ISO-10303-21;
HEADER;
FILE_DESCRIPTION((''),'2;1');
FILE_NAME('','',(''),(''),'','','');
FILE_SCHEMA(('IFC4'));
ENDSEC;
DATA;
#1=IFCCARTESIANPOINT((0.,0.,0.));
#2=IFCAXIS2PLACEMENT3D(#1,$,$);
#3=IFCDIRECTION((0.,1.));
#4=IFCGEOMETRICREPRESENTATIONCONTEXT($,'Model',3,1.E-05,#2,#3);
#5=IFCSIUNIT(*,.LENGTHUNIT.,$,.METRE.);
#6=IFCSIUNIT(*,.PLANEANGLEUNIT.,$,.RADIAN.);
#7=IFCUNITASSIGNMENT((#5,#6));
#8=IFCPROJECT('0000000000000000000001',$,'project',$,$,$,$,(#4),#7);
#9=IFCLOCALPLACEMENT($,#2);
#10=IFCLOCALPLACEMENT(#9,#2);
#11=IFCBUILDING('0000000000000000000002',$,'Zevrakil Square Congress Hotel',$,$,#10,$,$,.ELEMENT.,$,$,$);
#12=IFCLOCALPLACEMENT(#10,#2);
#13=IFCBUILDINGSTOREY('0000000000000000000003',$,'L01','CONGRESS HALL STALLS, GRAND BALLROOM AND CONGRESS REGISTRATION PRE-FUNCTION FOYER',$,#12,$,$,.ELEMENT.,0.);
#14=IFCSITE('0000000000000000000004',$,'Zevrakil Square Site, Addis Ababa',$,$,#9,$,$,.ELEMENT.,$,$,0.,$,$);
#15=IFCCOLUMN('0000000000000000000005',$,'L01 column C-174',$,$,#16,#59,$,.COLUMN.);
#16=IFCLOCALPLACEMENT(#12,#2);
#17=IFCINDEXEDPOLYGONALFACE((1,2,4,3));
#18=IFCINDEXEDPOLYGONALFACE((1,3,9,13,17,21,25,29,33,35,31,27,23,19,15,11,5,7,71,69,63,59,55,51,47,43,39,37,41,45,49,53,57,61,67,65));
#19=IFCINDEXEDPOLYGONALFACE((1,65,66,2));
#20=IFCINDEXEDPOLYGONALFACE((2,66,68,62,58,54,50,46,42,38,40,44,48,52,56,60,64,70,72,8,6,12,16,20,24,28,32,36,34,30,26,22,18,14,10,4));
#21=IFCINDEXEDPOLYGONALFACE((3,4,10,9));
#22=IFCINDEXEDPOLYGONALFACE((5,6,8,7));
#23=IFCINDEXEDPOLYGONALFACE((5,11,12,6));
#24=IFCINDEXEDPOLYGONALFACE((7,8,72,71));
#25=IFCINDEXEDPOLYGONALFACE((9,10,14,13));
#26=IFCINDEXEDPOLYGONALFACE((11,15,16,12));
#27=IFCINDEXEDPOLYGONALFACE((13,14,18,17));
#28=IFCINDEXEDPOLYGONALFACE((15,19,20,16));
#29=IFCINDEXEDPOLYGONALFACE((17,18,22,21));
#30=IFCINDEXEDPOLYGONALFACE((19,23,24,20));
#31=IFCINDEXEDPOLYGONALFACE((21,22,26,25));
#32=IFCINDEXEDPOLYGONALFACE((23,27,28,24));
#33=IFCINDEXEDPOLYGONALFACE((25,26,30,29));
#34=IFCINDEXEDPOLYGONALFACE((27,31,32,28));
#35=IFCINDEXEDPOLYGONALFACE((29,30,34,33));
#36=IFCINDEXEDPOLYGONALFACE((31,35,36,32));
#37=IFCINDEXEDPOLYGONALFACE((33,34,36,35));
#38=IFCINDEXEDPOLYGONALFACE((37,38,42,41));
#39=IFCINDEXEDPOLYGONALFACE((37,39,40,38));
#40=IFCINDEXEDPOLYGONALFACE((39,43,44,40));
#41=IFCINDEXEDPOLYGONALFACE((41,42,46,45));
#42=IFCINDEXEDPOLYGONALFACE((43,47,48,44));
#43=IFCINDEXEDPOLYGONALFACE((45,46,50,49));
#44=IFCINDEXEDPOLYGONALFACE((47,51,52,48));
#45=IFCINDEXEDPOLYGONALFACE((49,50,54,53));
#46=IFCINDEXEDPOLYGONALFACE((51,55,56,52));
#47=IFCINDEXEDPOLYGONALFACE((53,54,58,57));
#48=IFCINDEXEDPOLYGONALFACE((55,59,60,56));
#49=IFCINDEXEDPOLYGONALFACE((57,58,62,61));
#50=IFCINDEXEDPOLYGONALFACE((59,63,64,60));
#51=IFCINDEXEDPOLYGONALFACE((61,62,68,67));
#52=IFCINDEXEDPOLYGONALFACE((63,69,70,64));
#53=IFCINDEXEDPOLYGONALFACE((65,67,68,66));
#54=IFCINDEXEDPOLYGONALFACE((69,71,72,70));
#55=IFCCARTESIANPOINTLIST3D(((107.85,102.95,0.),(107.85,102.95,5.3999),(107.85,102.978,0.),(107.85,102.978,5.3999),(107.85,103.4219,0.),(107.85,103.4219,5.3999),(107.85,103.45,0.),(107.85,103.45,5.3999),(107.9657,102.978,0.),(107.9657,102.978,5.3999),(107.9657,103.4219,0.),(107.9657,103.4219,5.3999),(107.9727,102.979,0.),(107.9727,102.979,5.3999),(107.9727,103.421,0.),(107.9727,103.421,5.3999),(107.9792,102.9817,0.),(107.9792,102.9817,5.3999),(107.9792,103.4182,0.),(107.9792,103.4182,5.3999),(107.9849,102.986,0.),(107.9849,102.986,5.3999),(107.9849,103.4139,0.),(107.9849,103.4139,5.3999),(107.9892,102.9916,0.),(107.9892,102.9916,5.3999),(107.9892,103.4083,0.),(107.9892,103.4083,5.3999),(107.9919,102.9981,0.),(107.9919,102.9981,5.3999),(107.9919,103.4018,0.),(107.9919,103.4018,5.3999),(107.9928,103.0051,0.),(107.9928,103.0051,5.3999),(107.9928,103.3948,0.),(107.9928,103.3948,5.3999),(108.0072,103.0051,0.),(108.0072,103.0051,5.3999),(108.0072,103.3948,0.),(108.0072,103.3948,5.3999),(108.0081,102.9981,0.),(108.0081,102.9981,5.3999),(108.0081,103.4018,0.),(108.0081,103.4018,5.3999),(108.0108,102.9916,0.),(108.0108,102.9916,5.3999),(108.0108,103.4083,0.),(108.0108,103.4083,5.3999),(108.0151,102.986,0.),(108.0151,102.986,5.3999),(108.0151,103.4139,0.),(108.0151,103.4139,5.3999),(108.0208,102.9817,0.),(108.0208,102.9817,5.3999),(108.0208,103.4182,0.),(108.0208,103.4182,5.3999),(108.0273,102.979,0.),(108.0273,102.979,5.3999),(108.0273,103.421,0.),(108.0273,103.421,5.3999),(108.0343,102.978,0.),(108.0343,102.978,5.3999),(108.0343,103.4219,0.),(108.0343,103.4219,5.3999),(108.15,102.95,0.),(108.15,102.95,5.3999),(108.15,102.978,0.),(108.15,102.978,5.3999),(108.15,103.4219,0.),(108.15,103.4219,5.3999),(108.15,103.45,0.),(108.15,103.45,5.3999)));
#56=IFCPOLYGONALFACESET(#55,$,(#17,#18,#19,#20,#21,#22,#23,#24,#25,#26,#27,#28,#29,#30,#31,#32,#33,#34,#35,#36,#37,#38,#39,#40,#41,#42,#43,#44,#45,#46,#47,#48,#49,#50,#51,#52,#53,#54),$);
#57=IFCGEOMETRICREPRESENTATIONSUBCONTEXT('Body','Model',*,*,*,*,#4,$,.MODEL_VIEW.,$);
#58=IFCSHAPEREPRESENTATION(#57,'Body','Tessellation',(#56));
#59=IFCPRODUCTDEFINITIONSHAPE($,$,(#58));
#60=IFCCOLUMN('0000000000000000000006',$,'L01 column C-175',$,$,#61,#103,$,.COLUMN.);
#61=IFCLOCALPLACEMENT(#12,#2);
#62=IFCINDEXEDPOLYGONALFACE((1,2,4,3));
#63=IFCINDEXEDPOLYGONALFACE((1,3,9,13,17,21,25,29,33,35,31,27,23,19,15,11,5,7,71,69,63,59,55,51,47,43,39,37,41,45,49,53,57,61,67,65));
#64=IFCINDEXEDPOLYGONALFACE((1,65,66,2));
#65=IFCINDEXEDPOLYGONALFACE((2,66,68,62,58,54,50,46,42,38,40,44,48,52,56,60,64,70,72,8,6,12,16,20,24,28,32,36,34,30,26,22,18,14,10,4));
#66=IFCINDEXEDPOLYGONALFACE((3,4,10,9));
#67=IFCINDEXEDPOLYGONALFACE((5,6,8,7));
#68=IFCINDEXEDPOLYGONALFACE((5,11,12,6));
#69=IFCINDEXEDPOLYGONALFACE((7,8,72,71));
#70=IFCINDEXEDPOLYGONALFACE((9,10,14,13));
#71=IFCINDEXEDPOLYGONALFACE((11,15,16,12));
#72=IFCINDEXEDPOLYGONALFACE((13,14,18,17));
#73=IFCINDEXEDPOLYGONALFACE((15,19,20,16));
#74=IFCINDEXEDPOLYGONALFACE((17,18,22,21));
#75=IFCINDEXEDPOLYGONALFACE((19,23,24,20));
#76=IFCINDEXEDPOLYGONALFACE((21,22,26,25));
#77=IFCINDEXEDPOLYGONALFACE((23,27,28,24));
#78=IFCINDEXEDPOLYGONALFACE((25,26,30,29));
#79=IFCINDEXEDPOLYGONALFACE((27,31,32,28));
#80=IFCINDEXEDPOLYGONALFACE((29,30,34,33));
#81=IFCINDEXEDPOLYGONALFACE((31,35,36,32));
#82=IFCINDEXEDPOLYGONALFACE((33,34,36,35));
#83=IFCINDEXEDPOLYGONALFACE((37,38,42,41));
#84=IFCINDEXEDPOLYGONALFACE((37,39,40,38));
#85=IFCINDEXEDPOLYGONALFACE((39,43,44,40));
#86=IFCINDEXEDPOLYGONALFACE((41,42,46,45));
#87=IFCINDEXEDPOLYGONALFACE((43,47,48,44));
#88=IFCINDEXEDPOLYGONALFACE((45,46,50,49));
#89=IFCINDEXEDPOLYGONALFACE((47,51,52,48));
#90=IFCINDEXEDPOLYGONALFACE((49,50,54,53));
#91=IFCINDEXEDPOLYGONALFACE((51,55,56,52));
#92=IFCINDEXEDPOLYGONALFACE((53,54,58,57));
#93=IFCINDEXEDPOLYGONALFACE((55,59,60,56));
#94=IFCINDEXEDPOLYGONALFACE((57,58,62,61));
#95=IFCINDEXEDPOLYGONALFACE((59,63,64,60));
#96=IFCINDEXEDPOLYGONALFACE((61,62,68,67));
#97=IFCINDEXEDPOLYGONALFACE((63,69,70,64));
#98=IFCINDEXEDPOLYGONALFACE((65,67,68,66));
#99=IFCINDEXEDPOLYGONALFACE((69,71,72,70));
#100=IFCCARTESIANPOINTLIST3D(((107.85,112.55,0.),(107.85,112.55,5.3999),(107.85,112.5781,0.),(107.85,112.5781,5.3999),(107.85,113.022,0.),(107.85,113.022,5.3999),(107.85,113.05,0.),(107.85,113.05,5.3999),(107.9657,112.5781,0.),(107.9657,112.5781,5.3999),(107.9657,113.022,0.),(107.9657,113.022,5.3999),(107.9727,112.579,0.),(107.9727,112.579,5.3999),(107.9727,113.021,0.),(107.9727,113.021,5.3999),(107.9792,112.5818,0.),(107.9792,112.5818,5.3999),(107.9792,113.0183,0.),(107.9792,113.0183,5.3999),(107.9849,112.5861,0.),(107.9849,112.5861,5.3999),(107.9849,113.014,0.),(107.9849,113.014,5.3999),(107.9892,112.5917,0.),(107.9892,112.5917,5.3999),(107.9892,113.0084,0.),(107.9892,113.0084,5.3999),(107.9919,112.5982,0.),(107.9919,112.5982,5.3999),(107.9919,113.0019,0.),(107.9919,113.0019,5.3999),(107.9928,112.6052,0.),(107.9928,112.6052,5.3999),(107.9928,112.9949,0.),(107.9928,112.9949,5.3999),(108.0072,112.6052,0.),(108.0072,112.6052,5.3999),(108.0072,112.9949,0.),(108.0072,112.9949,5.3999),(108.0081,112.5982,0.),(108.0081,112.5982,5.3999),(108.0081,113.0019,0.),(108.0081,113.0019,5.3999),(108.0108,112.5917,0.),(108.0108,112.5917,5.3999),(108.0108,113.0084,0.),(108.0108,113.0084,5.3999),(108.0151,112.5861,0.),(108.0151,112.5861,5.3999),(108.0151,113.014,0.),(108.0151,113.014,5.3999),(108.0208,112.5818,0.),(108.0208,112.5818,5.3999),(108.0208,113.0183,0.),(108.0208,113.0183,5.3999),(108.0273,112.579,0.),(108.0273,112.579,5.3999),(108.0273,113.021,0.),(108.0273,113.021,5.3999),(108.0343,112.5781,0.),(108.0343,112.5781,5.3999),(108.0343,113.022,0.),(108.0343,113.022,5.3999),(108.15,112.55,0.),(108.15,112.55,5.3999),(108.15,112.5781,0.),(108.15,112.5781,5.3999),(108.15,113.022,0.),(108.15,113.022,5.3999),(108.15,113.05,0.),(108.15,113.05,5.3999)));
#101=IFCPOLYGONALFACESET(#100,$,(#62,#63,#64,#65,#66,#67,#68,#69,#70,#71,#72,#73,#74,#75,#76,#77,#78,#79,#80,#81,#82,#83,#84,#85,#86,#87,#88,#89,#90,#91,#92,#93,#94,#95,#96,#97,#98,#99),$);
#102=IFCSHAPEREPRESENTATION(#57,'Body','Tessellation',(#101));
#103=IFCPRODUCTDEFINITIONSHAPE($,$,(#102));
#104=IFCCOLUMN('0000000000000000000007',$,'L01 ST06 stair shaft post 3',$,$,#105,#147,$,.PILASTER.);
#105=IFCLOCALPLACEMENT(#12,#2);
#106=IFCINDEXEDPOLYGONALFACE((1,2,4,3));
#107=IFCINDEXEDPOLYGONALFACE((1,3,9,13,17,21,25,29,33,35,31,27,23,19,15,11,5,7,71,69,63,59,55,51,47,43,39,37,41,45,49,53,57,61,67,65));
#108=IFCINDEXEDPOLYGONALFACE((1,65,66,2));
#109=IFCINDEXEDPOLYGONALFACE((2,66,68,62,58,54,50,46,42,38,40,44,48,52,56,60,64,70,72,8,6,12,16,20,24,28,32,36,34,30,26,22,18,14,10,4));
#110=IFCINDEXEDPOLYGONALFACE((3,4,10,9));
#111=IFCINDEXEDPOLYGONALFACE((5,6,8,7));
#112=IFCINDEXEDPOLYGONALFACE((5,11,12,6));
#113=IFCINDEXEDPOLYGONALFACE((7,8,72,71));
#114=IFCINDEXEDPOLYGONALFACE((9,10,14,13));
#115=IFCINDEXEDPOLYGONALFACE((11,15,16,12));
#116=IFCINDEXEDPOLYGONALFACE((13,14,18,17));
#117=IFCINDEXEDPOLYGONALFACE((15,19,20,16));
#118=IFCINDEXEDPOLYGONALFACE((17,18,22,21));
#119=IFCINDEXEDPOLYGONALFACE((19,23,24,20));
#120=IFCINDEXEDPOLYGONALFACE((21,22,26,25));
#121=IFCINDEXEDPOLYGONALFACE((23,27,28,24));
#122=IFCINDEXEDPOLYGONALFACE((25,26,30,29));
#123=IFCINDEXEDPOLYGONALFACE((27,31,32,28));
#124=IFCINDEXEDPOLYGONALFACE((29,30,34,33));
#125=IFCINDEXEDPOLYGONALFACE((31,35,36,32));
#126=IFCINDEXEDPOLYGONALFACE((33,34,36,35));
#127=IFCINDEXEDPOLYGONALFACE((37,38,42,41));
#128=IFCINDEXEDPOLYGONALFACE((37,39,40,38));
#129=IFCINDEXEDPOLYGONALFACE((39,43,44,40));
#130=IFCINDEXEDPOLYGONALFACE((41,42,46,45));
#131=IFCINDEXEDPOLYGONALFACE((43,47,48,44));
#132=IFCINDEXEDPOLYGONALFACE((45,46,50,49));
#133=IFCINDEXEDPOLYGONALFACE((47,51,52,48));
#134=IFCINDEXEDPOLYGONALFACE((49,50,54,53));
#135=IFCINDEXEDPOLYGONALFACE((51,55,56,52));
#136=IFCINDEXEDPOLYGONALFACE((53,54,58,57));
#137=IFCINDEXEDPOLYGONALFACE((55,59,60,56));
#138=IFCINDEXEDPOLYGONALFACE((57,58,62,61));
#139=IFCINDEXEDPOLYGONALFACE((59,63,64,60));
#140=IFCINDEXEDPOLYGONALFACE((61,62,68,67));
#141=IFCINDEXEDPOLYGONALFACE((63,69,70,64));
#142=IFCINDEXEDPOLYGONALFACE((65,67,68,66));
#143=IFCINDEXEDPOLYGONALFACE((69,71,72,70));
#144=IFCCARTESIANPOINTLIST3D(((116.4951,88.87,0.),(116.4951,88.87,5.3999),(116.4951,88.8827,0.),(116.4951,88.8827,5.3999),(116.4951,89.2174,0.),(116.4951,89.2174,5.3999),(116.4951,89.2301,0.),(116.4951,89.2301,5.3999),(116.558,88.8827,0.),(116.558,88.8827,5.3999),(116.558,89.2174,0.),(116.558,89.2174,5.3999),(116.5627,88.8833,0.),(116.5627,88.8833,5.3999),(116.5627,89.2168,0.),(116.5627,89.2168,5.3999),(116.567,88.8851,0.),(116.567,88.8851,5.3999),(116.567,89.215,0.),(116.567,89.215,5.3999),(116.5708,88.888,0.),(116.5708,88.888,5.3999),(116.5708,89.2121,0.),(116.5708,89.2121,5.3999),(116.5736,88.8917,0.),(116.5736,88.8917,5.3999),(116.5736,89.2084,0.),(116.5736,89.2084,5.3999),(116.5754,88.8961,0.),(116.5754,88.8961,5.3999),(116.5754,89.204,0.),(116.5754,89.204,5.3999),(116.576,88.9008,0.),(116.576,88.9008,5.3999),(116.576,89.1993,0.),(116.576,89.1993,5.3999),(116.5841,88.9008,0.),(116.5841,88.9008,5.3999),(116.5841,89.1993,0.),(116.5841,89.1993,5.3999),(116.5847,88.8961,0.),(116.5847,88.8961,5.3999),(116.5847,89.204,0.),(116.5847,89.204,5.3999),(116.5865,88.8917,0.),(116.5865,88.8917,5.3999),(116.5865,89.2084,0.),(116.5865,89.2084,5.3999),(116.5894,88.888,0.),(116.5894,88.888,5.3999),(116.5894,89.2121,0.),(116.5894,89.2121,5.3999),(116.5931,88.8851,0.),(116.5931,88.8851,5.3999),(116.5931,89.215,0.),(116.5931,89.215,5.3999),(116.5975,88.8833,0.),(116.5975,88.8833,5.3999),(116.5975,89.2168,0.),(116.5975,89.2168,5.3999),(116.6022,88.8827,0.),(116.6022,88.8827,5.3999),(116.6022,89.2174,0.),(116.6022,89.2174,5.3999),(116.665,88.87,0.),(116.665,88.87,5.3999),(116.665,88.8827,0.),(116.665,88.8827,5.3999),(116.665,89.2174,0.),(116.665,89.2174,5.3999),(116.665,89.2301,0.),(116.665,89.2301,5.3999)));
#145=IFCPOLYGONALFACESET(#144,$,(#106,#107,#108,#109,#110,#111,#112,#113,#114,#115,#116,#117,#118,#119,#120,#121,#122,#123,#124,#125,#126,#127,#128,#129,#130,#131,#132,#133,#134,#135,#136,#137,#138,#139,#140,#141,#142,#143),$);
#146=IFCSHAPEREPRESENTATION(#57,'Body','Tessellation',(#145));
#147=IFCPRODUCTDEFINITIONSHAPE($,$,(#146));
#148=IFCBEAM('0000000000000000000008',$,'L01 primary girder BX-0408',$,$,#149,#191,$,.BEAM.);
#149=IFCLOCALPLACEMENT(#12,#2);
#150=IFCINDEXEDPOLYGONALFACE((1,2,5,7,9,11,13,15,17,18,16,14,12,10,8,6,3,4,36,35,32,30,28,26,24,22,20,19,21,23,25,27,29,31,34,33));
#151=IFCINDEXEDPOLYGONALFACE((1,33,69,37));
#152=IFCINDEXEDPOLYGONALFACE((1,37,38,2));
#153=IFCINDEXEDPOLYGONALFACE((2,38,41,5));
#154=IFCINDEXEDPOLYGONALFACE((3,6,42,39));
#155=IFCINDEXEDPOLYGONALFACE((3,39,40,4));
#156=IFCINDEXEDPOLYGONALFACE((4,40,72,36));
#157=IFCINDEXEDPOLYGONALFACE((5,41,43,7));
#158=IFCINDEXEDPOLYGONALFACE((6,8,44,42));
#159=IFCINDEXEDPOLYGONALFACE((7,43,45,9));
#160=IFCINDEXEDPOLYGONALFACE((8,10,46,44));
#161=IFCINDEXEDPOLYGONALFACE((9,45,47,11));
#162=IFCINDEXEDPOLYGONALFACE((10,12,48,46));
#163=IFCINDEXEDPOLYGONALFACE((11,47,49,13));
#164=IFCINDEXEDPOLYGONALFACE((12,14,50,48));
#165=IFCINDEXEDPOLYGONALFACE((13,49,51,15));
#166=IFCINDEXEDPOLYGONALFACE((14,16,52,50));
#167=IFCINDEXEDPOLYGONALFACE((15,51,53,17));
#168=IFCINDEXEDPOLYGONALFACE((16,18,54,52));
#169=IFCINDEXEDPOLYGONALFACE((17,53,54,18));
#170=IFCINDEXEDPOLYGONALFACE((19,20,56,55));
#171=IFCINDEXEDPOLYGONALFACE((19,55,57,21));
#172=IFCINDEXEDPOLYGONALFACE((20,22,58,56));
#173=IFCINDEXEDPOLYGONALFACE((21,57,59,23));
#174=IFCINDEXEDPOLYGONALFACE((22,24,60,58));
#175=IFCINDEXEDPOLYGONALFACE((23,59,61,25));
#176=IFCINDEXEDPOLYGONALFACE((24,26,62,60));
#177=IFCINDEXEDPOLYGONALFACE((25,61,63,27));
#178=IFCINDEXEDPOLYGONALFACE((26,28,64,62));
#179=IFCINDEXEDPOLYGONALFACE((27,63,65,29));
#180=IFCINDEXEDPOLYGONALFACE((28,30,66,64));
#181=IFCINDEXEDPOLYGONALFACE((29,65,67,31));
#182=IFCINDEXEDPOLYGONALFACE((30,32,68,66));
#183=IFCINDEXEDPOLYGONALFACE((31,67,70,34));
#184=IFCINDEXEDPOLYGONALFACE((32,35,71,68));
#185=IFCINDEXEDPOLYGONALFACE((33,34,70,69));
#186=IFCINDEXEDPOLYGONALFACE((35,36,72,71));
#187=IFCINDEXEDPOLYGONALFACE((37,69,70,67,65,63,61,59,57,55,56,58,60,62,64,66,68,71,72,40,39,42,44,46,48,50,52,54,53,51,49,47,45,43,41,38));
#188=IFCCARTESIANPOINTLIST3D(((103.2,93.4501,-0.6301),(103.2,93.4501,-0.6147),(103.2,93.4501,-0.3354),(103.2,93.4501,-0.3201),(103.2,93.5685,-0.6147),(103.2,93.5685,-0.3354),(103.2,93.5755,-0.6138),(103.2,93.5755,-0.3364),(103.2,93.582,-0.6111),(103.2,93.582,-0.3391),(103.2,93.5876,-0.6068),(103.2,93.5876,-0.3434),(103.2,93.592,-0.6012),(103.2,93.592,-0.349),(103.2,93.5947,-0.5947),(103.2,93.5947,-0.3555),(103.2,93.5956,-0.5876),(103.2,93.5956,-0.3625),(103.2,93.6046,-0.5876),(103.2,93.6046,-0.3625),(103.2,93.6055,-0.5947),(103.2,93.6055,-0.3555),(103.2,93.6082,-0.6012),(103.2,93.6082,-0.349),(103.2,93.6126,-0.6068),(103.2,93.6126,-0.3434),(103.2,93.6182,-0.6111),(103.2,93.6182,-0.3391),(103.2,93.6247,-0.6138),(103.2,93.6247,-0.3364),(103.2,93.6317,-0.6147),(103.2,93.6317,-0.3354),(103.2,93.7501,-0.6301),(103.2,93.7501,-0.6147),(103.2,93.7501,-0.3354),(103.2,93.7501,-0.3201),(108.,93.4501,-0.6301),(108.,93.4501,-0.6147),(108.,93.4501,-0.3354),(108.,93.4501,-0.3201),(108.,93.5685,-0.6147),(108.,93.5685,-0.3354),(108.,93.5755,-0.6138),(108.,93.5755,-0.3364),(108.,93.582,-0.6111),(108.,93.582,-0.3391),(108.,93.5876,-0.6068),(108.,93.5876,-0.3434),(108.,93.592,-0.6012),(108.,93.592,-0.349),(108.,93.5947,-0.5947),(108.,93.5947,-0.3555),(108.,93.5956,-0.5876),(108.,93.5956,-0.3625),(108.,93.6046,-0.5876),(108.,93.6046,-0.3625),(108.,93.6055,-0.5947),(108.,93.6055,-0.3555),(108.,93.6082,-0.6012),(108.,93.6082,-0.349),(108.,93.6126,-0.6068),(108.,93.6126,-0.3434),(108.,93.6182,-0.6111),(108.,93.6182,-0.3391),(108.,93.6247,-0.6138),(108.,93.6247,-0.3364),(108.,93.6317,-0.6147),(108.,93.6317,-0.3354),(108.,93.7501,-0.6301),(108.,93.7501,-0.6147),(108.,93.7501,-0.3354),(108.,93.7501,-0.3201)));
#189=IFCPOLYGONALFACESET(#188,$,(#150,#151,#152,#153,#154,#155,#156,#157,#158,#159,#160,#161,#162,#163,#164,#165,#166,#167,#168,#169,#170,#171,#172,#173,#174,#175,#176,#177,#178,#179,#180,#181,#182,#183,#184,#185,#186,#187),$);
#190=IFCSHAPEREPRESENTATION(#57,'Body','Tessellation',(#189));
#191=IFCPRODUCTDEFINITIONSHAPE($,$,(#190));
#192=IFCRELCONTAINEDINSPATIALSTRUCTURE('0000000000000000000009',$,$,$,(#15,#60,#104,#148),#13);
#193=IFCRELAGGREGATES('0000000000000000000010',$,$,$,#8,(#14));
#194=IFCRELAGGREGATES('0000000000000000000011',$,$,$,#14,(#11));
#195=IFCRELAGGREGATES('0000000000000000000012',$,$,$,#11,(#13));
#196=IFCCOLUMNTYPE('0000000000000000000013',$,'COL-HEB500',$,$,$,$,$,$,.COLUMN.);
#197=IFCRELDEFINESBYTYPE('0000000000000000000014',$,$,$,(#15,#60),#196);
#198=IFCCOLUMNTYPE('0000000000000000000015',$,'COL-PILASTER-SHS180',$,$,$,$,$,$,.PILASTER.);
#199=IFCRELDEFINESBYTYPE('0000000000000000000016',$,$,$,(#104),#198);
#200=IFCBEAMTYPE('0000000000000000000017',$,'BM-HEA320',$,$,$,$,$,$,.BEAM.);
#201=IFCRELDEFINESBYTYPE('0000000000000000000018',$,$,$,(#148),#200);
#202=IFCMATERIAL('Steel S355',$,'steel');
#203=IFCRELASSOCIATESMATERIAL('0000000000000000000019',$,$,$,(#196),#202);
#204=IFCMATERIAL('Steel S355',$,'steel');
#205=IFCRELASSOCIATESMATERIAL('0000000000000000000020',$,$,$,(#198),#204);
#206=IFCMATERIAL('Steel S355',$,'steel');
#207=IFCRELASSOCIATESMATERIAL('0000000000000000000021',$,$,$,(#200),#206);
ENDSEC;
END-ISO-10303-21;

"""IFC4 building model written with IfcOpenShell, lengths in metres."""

from ifc_helpers import new_model, si_unit, direction, frame, origin, origin_2d, place, context, subcontext, project, spatial, i_section, extrude, material, material_profile, profile_set, type_object, element, save


model = new_model("IFC4")

# Units and contexts
model_context = context("Model", 3, precision=1e-05, world=origin(), true_north=direction((0.0, 1.0)))
body_context = subcontext(model_context, "Body", "Model", "MODEL_VIEW")
ifc_project = project(units=[si_unit("LENGTHUNIT", "METRE"), si_unit("PLANEANGLEUNIT", "RADIAN")], contexts=[model_context])

# Site, building, storey
site_placement = place(None, origin())
site = spatial("IfcSite", under=ifc_project, at=site_placement, Name="Zevrakil Square Site, Addis Ababa", CompositionType="ELEMENT", RefElevation=0.0)
building_placement = place(site_placement, origin())
building = spatial("IfcBuilding", under=site, at=building_placement, Name="Zevrakil Square Congress Hotel", CompositionType="ELEMENT")
storey_placement = place(building_placement, origin())
storey = spatial("IfcBuildingStorey", under=building, at=storey_placement, Name="L01", Description="CONGRESS HALL STALLS, GRAND BALLROOM AND CONGRESS REGISTRATION PRE-FUNCTION FOYER", CompositionType="ELEMENT", Elevation=0.0)

# Columns
ifc_material_1 = material(Name="Steel S355", Category="steel")
ifc_material_profile_1 = material_profile(ifc_material_1, i_section(OverallWidth=0.3, OverallDepth=0.5, WebThickness=0.0144, FlangeThickness=0.0281, FilletRadius=0.0271, at=origin_2d()), Name="HEB 500")
ifc_profile_set_1 = profile_set([ifc_material_profile_1], Name="Steel S355")
column_type_1 = type_object("IfcColumnType", Name="COL-HEB500", PredefinedType="COLUMN", material=ifc_profile_set_1)
for number, where, z_axis, x_axis, name in (
    (1, (108.0, 103.2, 0.0), (0.0, 0.0, 1.0), (1.0, 0.0, 0.0), "L01 column C-174"),
    (2, (108.0, 112.8, 0.0), (0.0, 0.0, 1.0), (1.0, 0.0, 0.0), "L01 column C-175"),
):
    element("IfcColumn", number, at=place(storey_placement, frame(where, z_axis=z_axis, x_axis=x_axis)), inside=storey, type_object=column_type_1, Name=name, PredefinedType="COLUMN", context=body_context, shape_type="SweptSolid", body=[
        extrude(i_section(OverallWidth=0.3, OverallDepth=0.5, WebThickness=0.0144, FlangeThickness=0.0281, FilletRadius=0.0271, at=origin_2d()), origin(), (0.0, 0.0, 1.0), 5.3999),
    ])
ifc_material_2 = material(Name="Steel S355", Category="steel")
ifc_material_profile_2 = material_profile(ifc_material_2, i_section(OverallWidth=0.1699, OverallDepth=0.3601, WebThickness=0.0081, FlangeThickness=0.0127, FilletRadius=0.0181, at=origin_2d()), Name="IPE 360")
ifc_profile_set_2 = profile_set([ifc_material_profile_2], Name="Steel S355")
column_type_2 = type_object("IfcColumnType", Name="COL-PILASTER-SHS180", PredefinedType="PILASTER", material=ifc_profile_set_2)
column_placement = place(storey_placement, frame((116.5801, 89.05, 0.0), z_axis=(0.0, 0.0, 1.0), x_axis=(1.0, 0.0, 0.0)))
element("IfcColumn", 3, at=column_placement, inside=storey, type_object=column_type_2, Name="L01 ST06 stair shaft post 3", PredefinedType="PILASTER", context=body_context, shape_type="SweptSolid", body=[
    extrude(i_section(OverallWidth=0.1699, OverallDepth=0.3601, WebThickness=0.0081, FlangeThickness=0.0127, FilletRadius=0.0181, at=origin_2d()), origin(), (0.0, 0.0, 1.0), 5.3999),
])

# Beam
ifc_material_3 = material(Name="Steel S355", Category="steel")
ifc_material_profile_3 = material_profile(ifc_material_3, i_section(OverallWidth=0.3, OverallDepth=0.3101, WebThickness=0.009, FlangeThickness=0.0154, FilletRadius=0.0271, at=origin_2d()), Name="HEA 320")
ifc_profile_set_3 = profile_set([ifc_material_profile_3], Name="Steel S355")
beam_type_1 = type_object("IfcBeamType", Name="BM-HEA320", PredefinedType="BEAM", material=ifc_profile_set_3)
for number, where, z_axis, x_axis, name in (
    (4, (103.2, 93.6001, -0.4751), (1.0, 0.0, 0.0), (0.0, 1.0, 0.0), "L01 primary girder BX-0408"),
):
    element("IfcBeam", number, at=place(storey_placement, frame(where, z_axis=z_axis, x_axis=x_axis)), inside=storey, type_object=beam_type_1, Name=name, PredefinedType="BEAM", context=body_context, shape_type="SweptSolid", body=[
        extrude(i_section(OverallWidth=0.3, OverallDepth=0.3101, WebThickness=0.009, FlangeThickness=0.0154, FilletRadius=0.0271, at=origin_2d()), origin(), (0.0, 0.0, 1.0), 4.8),
    ])

save(model, "model.ifc")
